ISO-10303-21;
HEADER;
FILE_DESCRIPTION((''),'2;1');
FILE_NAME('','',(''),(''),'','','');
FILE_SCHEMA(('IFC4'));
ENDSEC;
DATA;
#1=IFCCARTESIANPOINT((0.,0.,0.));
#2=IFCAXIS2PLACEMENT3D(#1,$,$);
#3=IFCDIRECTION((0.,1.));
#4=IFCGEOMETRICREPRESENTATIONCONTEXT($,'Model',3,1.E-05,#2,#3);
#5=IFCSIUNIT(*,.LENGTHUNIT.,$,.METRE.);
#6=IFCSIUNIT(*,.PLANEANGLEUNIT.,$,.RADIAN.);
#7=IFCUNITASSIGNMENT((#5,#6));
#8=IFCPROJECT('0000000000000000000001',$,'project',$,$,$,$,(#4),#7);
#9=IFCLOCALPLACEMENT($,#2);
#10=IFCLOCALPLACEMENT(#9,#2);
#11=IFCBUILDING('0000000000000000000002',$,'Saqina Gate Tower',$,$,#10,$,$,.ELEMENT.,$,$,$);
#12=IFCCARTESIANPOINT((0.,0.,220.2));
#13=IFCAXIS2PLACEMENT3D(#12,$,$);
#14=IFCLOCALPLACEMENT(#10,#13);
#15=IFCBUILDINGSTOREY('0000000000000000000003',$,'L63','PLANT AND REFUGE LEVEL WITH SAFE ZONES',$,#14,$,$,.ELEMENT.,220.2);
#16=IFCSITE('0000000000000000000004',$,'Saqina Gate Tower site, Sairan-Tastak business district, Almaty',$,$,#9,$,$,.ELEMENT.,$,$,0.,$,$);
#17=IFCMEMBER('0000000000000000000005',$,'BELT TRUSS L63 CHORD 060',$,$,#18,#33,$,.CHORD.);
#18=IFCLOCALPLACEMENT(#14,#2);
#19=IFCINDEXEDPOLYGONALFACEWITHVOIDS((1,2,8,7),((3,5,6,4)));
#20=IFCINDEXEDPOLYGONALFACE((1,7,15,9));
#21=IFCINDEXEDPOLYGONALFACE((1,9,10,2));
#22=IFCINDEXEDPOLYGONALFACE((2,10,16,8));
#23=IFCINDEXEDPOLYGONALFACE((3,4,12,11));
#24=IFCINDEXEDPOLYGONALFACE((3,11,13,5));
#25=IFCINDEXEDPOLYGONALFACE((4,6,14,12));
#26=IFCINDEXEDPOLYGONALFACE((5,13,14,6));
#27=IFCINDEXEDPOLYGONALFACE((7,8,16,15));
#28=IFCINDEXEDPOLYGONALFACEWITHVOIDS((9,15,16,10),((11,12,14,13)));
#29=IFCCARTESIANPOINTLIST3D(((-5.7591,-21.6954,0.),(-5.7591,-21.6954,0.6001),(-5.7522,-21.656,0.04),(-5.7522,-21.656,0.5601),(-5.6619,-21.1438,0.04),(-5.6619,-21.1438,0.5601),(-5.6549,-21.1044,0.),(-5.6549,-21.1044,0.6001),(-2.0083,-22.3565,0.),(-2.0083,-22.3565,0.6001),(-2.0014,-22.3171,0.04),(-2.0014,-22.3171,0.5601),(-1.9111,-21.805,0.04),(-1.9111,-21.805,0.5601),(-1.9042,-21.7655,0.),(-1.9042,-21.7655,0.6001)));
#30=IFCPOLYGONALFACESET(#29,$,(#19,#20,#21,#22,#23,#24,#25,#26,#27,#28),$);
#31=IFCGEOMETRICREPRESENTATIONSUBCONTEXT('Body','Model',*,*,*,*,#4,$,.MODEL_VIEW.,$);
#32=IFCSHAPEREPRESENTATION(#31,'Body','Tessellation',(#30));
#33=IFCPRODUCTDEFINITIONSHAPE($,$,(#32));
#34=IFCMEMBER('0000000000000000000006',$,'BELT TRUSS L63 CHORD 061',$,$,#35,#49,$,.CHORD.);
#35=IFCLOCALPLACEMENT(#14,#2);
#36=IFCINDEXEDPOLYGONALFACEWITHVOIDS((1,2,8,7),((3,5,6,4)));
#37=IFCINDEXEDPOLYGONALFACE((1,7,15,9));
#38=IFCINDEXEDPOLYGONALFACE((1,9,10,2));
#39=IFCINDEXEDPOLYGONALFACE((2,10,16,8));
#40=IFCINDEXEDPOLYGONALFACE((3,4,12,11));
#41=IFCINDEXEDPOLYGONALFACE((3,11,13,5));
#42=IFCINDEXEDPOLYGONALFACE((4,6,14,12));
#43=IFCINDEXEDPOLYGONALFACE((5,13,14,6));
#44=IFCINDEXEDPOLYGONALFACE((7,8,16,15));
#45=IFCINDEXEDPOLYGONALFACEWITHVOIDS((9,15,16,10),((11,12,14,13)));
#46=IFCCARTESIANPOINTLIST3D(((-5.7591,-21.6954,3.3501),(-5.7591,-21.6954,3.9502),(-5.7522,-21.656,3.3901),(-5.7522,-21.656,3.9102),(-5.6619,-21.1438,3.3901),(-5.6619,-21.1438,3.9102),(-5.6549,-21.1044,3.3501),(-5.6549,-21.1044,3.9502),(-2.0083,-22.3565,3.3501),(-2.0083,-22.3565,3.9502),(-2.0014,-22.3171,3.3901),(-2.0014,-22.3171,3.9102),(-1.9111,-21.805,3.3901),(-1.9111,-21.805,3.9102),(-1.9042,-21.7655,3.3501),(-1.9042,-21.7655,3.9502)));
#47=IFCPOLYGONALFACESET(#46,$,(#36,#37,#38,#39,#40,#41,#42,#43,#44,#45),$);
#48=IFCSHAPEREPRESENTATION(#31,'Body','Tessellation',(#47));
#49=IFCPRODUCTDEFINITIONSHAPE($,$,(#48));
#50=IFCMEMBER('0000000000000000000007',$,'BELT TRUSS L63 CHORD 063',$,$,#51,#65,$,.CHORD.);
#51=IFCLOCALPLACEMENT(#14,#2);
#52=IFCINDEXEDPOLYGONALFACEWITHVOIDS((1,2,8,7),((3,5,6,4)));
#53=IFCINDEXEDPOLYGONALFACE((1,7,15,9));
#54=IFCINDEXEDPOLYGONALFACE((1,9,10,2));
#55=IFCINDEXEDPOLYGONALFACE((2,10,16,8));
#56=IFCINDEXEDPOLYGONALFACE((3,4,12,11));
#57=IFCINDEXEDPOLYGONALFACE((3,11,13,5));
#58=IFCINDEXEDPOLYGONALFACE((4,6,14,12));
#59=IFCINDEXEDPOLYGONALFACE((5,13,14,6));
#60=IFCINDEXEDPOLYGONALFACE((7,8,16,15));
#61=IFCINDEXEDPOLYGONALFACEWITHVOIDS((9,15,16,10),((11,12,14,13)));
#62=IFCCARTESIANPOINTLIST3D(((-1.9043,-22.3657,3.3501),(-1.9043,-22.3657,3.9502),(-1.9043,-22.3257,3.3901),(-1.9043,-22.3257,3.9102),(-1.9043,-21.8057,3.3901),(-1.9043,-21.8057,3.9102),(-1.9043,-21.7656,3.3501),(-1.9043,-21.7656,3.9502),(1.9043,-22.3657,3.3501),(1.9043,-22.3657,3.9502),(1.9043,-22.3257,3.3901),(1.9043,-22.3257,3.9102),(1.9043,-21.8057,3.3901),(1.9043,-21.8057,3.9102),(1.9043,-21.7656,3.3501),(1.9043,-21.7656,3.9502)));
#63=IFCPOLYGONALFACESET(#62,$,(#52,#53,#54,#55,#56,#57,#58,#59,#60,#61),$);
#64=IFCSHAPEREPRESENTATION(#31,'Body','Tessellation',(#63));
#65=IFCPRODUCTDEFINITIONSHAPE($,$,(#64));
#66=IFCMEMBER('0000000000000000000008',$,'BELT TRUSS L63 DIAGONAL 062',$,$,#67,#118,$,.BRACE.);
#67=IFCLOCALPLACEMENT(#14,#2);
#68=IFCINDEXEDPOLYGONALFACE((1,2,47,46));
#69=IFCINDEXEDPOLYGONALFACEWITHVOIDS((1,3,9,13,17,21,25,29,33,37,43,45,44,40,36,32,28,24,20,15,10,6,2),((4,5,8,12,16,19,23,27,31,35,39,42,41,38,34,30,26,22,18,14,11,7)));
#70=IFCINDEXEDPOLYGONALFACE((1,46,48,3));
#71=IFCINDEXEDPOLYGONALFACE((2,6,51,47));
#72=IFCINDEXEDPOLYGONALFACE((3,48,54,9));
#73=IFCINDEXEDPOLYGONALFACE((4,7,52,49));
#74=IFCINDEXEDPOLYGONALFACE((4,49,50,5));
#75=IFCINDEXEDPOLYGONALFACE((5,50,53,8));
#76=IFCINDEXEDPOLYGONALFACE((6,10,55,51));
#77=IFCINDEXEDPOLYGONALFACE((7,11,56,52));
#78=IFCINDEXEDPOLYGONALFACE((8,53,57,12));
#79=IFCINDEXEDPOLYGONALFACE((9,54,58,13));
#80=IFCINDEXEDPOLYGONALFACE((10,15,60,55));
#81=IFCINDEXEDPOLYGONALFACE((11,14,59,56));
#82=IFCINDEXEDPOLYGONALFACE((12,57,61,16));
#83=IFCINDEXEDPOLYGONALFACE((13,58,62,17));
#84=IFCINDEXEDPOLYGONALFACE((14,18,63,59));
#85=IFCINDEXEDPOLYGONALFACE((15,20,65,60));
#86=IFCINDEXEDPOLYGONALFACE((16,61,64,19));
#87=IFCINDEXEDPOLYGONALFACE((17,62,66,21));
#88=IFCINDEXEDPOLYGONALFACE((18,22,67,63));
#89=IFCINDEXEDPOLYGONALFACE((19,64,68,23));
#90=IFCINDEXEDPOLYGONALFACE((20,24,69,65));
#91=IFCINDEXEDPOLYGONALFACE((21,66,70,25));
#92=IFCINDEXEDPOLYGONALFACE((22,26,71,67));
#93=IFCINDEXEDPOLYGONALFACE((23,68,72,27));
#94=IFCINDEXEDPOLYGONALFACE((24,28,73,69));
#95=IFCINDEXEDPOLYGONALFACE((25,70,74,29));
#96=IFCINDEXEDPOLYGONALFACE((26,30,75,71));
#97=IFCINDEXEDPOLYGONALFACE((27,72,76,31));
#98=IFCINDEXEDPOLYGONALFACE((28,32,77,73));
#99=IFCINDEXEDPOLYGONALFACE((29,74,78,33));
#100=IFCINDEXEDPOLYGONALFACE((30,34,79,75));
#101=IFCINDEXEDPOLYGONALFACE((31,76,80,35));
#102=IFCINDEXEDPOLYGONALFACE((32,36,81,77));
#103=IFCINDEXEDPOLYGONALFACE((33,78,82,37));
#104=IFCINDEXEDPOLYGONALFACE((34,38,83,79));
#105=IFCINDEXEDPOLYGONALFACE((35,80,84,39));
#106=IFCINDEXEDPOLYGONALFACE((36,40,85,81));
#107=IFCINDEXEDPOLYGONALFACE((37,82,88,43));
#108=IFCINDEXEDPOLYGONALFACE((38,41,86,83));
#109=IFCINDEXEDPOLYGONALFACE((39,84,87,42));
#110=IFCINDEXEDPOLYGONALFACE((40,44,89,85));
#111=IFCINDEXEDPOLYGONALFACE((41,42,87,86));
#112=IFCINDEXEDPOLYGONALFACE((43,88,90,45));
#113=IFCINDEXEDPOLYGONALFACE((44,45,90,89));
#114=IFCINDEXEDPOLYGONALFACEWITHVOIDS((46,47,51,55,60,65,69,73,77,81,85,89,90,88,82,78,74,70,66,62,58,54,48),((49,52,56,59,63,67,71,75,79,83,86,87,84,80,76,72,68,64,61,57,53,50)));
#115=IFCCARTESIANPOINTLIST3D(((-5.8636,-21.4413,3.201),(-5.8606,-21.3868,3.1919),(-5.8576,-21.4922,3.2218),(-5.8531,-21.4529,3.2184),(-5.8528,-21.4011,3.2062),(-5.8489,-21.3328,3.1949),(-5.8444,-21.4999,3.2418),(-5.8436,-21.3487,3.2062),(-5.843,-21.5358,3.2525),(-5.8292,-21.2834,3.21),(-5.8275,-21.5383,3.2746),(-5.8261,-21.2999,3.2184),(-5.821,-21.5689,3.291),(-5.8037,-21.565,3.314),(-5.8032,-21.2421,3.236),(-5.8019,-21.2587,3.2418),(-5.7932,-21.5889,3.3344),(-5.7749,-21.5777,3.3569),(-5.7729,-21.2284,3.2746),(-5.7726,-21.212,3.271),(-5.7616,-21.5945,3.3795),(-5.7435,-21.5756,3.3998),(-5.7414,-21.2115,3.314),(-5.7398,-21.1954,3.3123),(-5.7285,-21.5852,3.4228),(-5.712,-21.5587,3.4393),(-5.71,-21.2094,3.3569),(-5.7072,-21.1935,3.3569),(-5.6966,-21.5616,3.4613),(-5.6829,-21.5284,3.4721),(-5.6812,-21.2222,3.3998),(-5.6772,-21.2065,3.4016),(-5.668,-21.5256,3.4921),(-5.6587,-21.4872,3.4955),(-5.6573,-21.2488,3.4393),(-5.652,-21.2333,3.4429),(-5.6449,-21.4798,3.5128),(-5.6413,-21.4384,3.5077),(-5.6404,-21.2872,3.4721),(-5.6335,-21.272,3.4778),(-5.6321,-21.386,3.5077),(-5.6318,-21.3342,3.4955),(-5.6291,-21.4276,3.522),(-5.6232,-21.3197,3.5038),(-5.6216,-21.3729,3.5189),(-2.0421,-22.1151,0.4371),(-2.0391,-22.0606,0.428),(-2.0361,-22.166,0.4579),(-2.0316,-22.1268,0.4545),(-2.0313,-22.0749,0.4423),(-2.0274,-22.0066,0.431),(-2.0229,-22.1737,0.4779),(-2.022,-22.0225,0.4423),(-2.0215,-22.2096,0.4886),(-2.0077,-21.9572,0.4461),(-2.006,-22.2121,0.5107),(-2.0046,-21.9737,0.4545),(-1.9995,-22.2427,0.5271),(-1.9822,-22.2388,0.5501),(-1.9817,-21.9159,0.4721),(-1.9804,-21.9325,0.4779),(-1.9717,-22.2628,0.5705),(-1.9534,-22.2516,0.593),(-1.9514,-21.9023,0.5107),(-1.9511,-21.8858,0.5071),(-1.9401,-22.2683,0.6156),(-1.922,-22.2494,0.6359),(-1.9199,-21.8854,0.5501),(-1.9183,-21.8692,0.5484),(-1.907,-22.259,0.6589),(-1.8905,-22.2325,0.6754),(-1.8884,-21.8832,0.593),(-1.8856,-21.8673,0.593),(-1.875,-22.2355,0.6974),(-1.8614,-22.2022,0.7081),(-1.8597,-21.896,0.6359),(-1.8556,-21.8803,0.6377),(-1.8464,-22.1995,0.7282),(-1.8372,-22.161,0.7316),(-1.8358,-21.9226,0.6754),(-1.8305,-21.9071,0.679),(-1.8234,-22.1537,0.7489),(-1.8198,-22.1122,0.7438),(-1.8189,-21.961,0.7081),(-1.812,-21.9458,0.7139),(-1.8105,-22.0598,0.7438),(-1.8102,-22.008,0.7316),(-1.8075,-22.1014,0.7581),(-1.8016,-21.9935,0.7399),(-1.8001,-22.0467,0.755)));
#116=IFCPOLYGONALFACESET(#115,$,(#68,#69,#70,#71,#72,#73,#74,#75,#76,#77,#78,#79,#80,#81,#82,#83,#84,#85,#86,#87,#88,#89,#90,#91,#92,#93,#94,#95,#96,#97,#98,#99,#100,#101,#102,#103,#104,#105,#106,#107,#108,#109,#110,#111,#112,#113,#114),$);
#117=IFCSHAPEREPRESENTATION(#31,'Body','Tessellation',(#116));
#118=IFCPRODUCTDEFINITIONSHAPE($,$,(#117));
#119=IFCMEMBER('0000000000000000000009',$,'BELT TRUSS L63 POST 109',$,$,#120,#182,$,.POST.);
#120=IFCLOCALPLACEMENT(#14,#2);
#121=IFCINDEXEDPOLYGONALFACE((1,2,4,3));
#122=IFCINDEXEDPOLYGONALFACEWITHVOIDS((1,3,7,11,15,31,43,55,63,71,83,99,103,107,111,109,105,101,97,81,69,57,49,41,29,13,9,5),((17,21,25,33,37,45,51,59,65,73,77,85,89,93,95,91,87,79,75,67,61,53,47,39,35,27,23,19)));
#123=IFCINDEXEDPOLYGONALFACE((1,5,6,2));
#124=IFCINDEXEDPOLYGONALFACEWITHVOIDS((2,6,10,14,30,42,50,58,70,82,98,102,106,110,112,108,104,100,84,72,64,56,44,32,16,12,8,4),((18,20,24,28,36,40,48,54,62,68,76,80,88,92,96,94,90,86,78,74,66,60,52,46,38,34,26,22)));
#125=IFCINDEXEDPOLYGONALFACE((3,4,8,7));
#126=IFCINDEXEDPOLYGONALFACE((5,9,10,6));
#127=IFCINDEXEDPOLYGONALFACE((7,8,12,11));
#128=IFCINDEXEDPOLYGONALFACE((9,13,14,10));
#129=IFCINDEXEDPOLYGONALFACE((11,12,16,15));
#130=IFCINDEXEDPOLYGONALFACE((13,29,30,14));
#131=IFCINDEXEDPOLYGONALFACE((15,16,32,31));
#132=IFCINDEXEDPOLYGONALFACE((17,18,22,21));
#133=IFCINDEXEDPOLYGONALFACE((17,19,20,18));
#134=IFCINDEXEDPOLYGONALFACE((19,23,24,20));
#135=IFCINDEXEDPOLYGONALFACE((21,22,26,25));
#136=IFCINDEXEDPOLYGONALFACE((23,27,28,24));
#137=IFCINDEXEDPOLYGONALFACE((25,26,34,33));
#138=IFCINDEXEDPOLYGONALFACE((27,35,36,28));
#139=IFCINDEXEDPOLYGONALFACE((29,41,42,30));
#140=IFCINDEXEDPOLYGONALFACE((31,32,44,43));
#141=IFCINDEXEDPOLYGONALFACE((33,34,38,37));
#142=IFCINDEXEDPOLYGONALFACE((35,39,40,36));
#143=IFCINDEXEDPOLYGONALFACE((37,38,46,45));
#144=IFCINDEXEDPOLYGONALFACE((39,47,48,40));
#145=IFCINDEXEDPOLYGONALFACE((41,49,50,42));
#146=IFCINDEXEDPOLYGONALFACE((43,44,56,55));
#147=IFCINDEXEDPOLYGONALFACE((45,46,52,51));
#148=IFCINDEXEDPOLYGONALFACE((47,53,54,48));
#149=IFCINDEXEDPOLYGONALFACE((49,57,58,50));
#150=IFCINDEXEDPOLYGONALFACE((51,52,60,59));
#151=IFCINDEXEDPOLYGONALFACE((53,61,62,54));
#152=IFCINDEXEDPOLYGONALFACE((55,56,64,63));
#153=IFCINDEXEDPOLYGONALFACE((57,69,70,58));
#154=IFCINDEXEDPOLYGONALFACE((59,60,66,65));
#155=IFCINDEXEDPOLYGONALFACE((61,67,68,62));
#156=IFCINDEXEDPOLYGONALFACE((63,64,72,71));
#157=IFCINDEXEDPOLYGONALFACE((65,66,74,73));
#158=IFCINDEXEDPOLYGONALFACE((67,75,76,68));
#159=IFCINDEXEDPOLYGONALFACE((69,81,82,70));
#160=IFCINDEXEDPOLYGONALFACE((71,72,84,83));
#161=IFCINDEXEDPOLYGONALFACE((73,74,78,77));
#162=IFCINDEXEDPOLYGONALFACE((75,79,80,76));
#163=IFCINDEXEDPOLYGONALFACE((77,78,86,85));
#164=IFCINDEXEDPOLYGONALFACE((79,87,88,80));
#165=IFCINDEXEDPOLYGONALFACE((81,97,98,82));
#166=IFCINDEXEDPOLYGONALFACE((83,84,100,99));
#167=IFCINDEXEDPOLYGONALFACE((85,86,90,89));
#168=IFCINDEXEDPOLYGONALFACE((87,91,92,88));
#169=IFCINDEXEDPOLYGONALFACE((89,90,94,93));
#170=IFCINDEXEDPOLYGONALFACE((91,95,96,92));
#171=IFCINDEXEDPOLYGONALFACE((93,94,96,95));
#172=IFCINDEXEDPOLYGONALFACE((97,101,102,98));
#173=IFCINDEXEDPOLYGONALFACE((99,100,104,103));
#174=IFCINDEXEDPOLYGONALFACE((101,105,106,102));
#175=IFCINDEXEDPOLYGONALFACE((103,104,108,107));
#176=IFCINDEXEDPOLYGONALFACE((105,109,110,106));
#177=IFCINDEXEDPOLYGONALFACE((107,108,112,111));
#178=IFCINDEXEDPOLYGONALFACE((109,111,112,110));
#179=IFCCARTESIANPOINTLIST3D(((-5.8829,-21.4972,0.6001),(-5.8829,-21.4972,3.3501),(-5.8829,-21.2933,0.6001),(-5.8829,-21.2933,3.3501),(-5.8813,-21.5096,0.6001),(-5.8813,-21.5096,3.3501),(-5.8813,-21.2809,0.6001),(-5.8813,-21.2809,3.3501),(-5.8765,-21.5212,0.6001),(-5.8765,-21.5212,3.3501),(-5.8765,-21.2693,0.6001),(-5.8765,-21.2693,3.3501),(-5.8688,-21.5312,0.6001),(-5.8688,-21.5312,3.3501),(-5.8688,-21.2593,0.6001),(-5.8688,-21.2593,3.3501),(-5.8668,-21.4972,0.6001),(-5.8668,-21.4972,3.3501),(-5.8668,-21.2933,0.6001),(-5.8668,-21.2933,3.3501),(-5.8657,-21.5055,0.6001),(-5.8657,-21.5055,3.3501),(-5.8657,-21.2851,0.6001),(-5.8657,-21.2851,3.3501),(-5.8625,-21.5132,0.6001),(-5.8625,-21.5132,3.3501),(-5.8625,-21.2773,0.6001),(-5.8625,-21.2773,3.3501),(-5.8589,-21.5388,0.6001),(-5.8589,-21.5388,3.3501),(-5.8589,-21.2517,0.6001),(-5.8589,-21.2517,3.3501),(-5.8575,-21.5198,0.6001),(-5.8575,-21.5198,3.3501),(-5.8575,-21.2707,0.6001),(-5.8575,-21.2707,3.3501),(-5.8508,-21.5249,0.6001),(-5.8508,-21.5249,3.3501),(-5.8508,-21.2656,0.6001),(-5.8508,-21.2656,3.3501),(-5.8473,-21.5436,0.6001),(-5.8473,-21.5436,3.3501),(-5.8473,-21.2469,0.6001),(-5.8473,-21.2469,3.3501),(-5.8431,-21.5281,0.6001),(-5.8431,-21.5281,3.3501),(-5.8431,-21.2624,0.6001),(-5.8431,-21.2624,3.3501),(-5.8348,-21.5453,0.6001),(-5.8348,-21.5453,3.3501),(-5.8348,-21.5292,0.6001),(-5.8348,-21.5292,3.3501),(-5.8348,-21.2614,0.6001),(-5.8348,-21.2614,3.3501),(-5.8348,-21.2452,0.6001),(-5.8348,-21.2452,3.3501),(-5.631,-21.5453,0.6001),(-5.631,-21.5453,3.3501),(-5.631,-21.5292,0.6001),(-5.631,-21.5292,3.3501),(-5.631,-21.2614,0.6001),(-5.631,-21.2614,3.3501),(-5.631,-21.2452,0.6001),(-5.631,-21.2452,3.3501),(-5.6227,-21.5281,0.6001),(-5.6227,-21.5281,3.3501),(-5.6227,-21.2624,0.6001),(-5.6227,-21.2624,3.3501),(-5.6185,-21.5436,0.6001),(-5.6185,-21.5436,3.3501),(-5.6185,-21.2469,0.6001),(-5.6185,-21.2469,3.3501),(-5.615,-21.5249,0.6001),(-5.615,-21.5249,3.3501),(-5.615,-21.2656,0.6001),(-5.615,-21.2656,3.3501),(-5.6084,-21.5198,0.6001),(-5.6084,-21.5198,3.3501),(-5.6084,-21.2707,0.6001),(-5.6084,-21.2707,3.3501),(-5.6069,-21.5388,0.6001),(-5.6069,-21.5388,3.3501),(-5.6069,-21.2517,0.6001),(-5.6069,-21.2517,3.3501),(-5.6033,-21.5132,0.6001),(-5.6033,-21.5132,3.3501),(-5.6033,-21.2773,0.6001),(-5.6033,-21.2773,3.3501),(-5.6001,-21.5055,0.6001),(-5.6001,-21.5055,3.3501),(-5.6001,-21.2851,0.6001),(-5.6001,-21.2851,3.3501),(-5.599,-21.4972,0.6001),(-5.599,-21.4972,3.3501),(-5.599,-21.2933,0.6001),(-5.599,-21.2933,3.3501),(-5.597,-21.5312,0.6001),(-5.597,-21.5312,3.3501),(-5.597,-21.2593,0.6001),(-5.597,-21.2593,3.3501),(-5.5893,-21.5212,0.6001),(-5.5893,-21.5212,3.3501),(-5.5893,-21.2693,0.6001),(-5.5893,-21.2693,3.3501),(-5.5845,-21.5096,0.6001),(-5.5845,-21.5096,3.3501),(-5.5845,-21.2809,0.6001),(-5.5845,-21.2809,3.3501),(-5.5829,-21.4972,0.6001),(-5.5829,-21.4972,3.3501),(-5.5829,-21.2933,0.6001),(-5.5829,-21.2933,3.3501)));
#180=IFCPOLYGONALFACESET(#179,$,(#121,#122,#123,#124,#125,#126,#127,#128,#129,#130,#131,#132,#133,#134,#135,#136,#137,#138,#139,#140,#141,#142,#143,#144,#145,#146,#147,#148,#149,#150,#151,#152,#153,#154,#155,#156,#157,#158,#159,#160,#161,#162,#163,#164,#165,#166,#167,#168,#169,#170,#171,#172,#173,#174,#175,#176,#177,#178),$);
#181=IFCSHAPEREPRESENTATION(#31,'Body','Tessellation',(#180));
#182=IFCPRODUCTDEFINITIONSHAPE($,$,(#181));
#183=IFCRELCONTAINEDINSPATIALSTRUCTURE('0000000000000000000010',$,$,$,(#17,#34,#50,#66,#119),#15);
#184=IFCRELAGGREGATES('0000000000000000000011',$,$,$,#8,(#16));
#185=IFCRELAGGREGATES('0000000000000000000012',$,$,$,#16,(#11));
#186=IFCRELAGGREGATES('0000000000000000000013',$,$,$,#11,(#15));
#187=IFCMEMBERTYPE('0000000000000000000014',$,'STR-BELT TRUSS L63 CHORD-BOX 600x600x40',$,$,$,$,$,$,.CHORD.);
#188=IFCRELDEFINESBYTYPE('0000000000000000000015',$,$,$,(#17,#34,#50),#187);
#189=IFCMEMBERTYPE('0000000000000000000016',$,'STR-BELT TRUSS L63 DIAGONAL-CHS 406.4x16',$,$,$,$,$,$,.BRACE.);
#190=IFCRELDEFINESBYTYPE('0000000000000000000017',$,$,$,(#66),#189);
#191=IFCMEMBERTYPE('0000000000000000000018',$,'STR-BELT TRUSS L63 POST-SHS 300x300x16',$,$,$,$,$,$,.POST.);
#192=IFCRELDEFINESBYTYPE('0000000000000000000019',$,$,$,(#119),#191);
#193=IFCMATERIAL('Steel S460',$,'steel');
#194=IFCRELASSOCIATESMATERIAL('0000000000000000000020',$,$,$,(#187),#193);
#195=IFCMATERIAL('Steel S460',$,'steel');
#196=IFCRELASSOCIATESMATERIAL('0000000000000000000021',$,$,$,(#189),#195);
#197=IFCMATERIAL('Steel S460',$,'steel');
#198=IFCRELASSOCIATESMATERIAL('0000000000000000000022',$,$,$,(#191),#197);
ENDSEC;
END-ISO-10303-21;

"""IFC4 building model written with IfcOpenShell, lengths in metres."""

from ifc_helpers import new_model, si_unit, direction, frame, origin, origin_2d, place, context, subcontext, project, spatial, hollow_rectangle, hollow_circle, extrude, material, material_profile, profile_set, type_object, element, save


model = new_model("IFC4")

# Units and contexts
model_context = context("Model", 3, precision=1e-05, world=origin(), true_north=direction((0.0, 1.0)))
body_context = subcontext(model_context, "Body", "Model", "MODEL_VIEW")
ifc_project = project(units=[si_unit("LENGTHUNIT", "METRE"), si_unit("PLANEANGLEUNIT", "RADIAN")], contexts=[model_context])

# Site, building, storey
site_placement = place(None, origin())
site = spatial("IfcSite", under=ifc_project, at=site_placement, Name="Saqina Gate Tower site, Sairan-Tastak business district, Almaty", CompositionType="ELEMENT", RefElevation=0.0)
building_placement = place(site_placement, origin())
building = spatial("IfcBuilding", under=site, at=building_placement, Name="Saqina Gate Tower", CompositionType="ELEMENT")
storey_placement = place(building_placement, frame((0.0, 0.0, 220.2)))
storey = spatial("IfcBuildingStorey", under=building, at=storey_placement, Name="L63", Description="PLANT AND REFUGE LEVEL WITH SAFE ZONES", CompositionType="ELEMENT", Elevation=220.2)

# Members
ifc_material_1 = material(Name="Steel S460", Category="steel")
ifc_material_profile_1 = material_profile(ifc_material_1, hollow_rectangle(XDim=0.6001, YDim=0.6001, WallThickness=0.04, at=origin_2d()), Name="BOX 600x600x40")
ifc_profile_set_1 = profile_set([ifc_material_profile_1], Name="Steel S460")
member_type_1 = type_object("IfcMemberType", Name="STR-BELT TRUSS L63 CHORD-BOX 600x600x40", PredefinedType="CHORD", material=ifc_profile_set_1)
for number, where, z_axis, x_axis, name in (
    (1, (-5.707, -21.3999, 0.3), (0.984818, -0.173592, 0.0), (0.173592, 0.984818, 0.0), "BELT TRUSS L63 CHORD 060"),
    (2, (-5.707, -21.3999, 3.6501), (0.984818, -0.173592, 0.0), (0.173592, 0.984818, 0.0), "BELT TRUSS L63 CHORD 061"),
    (3, (-1.9043, -22.0657, 3.6501), (1.0, 0.0, 0.0), (0.0, 1.0, 0.0), "BELT TRUSS L63 CHORD 063"),
):
    element("IfcMember", number, at=place(storey_placement, frame(where, z_axis=z_axis, x_axis=x_axis)), inside=storey, type_object=member_type_1, Name=name, PredefinedType="CHORD", context=body_context, shape_type="SweptSolid", body=[
        extrude(hollow_rectangle(XDim=0.6001, YDim=0.6001, WallThickness=0.04, at=origin_2d()), origin(), (0.0, 0.0, 1.0), 3.8086),
    ])
ifc_material_2 = material(Name="Steel S460", Category="steel")
ifc_material_profile_2 = material_profile(ifc_material_2, hollow_circle(Radius=0.2031, WallThickness=0.0161, at=origin_2d()), Name="CHS 406.4x16")
ifc_profile_set_2 = profile_set([ifc_material_profile_2], Name="Steel S460")
member_type_2 = type_object("IfcMemberType", Name="STR-BELT TRUSS L63 DIAGONAL-CHS 406.4x16", PredefinedType="BRACE", material=ifc_profile_set_2)
member_1_placement = place(storey_placement, frame((-5.7424, -21.3936, 3.3569), z_axis=(0.802139, -0.141436, -0.580145), x_axis=(0.173645, 0.984808, 0.0)))
element("IfcMember", 4, at=member_1_placement, inside=storey, type_object=member_type_2, Name="BELT TRUSS L63 DIAGONAL 062", PredefinedType="BRACE", context=body_context, shape_type="SweptSolid", body=[
    extrude(hollow_circle(Radius=0.2031, WallThickness=0.0161, at=origin_2d()), origin(), (0.0, 0.0, 1.0), 4.7642),
])
ifc_material_3 = material(Name="Steel S460", Category="steel")
ifc_material_profile_3 = material_profile(ifc_material_3, hollow_rectangle(XDim=0.3, YDim=0.3, WallThickness=0.0161, InnerFilletRadius=0.032, OuterFilletRadius=0.0481, at=origin_2d()), Name="SHS 300x300x16")
ifc_profile_set_3 = profile_set([ifc_material_profile_3], Name="Steel S460")
member_type_3 = type_object("IfcMemberType", Name="STR-BELT TRUSS L63 POST-SHS 300x300x16", PredefinedType="POST", material=ifc_profile_set_3)
for number, where, z_axis, x_axis, name in (
    (5, (-5.7329, -21.3953, 0.6001), (0.0, 0.0, 1.0), (1.0, 0.0, 0.0), "BELT TRUSS L63 POST 109"),
):
    element("IfcMember", number, at=place(storey_placement, frame(where, z_axis=z_axis, x_axis=x_axis)), inside=storey, type_object=member_type_3, Name=name, PredefinedType="POST", context=body_context, shape_type="SweptSolid", body=[
        extrude(hollow_rectangle(XDim=0.3, YDim=0.3, WallThickness=0.0161, InnerFilletRadius=0.032, OuterFilletRadius=0.0481, at=origin_2d()), origin(), (0.0, 0.0, 1.0), 2.75),
    ])

save(model, "model.ifc")
